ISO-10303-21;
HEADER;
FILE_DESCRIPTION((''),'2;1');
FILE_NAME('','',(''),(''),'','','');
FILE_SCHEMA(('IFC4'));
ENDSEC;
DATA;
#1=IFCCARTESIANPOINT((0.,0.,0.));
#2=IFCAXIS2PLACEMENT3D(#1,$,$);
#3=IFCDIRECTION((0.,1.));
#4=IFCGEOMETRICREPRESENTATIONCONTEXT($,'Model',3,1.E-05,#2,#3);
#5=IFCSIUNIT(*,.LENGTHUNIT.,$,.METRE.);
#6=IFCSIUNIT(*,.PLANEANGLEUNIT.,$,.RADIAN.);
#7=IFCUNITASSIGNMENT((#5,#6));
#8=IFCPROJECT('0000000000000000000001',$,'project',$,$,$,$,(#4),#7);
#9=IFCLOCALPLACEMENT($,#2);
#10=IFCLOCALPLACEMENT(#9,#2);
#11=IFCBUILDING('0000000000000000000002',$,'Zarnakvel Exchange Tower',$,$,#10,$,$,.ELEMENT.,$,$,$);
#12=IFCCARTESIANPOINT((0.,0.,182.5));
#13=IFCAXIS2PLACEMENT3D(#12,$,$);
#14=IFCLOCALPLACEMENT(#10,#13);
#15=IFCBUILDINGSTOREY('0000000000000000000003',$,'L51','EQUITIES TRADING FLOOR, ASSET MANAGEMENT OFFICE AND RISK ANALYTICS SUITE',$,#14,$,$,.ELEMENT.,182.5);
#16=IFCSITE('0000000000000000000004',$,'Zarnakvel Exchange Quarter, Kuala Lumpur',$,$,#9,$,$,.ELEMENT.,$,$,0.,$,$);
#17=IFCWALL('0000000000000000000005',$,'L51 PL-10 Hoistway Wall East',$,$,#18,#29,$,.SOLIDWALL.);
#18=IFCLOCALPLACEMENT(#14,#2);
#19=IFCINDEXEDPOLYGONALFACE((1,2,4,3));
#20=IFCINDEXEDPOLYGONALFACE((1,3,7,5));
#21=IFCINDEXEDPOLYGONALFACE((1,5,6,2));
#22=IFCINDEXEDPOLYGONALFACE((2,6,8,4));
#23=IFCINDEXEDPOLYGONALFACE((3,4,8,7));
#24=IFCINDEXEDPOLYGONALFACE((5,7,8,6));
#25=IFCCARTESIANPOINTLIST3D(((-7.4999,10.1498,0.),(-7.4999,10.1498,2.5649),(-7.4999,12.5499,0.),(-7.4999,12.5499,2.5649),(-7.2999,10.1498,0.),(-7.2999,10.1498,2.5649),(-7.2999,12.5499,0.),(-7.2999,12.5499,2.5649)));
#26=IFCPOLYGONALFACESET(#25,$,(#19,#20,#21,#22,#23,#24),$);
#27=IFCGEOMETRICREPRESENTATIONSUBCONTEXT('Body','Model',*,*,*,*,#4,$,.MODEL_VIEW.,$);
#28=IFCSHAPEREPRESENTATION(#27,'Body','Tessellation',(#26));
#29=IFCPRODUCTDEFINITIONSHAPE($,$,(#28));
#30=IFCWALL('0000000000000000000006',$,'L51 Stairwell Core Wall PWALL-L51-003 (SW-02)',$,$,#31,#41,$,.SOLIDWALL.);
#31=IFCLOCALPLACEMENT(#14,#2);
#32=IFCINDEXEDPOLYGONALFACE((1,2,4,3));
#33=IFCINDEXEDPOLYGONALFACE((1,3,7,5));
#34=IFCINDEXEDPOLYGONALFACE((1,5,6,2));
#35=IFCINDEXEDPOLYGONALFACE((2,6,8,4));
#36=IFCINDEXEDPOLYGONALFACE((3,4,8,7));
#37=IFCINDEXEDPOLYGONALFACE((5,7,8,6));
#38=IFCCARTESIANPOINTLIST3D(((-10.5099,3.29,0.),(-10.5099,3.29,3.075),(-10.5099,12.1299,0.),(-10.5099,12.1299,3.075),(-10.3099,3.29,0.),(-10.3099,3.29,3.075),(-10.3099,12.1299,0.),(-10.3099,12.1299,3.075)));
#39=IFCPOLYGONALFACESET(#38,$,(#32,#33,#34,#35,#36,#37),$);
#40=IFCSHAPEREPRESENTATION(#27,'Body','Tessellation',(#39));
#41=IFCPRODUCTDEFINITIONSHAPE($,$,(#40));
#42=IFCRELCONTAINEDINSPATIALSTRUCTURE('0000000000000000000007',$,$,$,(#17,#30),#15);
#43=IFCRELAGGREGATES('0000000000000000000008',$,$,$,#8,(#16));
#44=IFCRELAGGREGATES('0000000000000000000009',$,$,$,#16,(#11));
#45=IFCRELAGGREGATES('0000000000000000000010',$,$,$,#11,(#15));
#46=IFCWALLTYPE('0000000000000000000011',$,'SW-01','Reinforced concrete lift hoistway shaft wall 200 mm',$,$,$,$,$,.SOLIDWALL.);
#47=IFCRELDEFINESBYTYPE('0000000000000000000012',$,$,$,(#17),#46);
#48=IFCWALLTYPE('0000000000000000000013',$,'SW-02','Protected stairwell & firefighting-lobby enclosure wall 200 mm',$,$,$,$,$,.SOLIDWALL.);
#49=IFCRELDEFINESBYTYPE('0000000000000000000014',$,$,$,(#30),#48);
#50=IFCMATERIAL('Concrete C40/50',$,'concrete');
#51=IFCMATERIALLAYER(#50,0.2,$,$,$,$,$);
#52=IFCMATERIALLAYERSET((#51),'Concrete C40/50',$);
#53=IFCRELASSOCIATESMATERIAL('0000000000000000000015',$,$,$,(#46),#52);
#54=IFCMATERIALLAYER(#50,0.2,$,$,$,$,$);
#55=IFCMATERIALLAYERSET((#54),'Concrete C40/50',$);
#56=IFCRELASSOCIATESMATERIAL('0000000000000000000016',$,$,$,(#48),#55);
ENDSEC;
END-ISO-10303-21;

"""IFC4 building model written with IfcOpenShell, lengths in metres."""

from ifc_helpers import new_model, si_unit, direction, frame, frame_2d, origin, place, context, subcontext, project, spatial, rectangle, extrude, material, layer, layer_set, type_object, element, save


model = new_model("IFC4")

# Units and contexts
model_context = context("Model", 3, precision=1e-05, world=origin(), true_north=direction((0.0, 1.0)))
body_context = subcontext(model_context, "Body", "Model", "MODEL_VIEW")
ifc_project = project(units=[si_unit("LENGTHUNIT", "METRE"), si_unit("PLANEANGLEUNIT", "RADIAN")], contexts=[model_context])

# Site, building, storey
site_placement = place(None, origin())
site = spatial("IfcSite", under=ifc_project, at=site_placement, Name="Zarnakvel Exchange Quarter, Kuala Lumpur", CompositionType="ELEMENT", RefElevation=0.0)
building_placement = place(site_placement, origin())
building = spatial("IfcBuilding", under=site, at=building_placement, Name="Zarnakvel Exchange Tower", CompositionType="ELEMENT")
storey_placement = place(building_placement, frame((0.0, 0.0, 182.5)))
storey = spatial("IfcBuildingStorey", under=building, at=storey_placement, Name="L51", Description="EQUITIES TRADING FLOOR, ASSET MANAGEMENT OFFICE AND RISK ANALYTICS SUITE", CompositionType="ELEMENT", Elevation=182.5)

# Walls
ifc_material_1 = material(Name="Concrete C40/50", Category="concrete")
ifc_layer_1 = layer(ifc_material_1, 0.2)
ifc_layer_set_1 = layer_set([ifc_layer_1], Name="Concrete C40/50")
wall_type_1 = type_object("IfcWallType", Name="SW-01", Description="Reinforced concrete lift hoistway shaft wall 200 mm", PredefinedType="SOLIDWALL", material=ifc_layer_set_1)
wall_1_placement = place(storey_placement, frame((-7.3999, 12.55, 0.0), z_axis=(0.0, 0.0, 1.0), x_axis=(0.0, -1.0, 0.0)))
element("IfcWall", 1, at=wall_1_placement, inside=storey, type_object=wall_type_1, Name="L51 PL-10 Hoistway Wall East", PredefinedType="SOLIDWALL", context=body_context, shape_type="SweptSolid", body=[
    extrude(rectangle(XDim=2.4001, YDim=0.2, at=frame_2d((1.2002, 0.0))), origin(), (0.0, 0.0, 1.0), 2.5649),
])
ifc_layer_2 = layer(ifc_material_1, 0.2)
ifc_layer_set_2 = layer_set([ifc_layer_2], Name="Concrete C40/50")
wall_type_2 = type_object("IfcWallType", Name="SW-02", Description="Protected stairwell & firefighting-lobby enclosure wall 200 mm", PredefinedType="SOLIDWALL", material=ifc_layer_set_2)
wall_2_placement = place(storey_placement, frame((-10.4099, 12.1299, 0.0), z_axis=(0.0, 0.0, 1.0), x_axis=(0.0, -1.0, 0.0)))
element("IfcWall", 2, at=wall_2_placement, inside=storey, type_object=wall_type_2, Name="L51 Stairwell Core Wall PWALL-L51-003 (SW-02)", PredefinedType="SOLIDWALL", context=body_context, shape_type="SweptSolid", body=[
    extrude(rectangle(XDim=8.8398, YDim=0.2, at=frame_2d((4.4199, 0.0))), origin(), (0.0, 0.0, 1.0), 3.075),
])

save(model, "model.ifc")
